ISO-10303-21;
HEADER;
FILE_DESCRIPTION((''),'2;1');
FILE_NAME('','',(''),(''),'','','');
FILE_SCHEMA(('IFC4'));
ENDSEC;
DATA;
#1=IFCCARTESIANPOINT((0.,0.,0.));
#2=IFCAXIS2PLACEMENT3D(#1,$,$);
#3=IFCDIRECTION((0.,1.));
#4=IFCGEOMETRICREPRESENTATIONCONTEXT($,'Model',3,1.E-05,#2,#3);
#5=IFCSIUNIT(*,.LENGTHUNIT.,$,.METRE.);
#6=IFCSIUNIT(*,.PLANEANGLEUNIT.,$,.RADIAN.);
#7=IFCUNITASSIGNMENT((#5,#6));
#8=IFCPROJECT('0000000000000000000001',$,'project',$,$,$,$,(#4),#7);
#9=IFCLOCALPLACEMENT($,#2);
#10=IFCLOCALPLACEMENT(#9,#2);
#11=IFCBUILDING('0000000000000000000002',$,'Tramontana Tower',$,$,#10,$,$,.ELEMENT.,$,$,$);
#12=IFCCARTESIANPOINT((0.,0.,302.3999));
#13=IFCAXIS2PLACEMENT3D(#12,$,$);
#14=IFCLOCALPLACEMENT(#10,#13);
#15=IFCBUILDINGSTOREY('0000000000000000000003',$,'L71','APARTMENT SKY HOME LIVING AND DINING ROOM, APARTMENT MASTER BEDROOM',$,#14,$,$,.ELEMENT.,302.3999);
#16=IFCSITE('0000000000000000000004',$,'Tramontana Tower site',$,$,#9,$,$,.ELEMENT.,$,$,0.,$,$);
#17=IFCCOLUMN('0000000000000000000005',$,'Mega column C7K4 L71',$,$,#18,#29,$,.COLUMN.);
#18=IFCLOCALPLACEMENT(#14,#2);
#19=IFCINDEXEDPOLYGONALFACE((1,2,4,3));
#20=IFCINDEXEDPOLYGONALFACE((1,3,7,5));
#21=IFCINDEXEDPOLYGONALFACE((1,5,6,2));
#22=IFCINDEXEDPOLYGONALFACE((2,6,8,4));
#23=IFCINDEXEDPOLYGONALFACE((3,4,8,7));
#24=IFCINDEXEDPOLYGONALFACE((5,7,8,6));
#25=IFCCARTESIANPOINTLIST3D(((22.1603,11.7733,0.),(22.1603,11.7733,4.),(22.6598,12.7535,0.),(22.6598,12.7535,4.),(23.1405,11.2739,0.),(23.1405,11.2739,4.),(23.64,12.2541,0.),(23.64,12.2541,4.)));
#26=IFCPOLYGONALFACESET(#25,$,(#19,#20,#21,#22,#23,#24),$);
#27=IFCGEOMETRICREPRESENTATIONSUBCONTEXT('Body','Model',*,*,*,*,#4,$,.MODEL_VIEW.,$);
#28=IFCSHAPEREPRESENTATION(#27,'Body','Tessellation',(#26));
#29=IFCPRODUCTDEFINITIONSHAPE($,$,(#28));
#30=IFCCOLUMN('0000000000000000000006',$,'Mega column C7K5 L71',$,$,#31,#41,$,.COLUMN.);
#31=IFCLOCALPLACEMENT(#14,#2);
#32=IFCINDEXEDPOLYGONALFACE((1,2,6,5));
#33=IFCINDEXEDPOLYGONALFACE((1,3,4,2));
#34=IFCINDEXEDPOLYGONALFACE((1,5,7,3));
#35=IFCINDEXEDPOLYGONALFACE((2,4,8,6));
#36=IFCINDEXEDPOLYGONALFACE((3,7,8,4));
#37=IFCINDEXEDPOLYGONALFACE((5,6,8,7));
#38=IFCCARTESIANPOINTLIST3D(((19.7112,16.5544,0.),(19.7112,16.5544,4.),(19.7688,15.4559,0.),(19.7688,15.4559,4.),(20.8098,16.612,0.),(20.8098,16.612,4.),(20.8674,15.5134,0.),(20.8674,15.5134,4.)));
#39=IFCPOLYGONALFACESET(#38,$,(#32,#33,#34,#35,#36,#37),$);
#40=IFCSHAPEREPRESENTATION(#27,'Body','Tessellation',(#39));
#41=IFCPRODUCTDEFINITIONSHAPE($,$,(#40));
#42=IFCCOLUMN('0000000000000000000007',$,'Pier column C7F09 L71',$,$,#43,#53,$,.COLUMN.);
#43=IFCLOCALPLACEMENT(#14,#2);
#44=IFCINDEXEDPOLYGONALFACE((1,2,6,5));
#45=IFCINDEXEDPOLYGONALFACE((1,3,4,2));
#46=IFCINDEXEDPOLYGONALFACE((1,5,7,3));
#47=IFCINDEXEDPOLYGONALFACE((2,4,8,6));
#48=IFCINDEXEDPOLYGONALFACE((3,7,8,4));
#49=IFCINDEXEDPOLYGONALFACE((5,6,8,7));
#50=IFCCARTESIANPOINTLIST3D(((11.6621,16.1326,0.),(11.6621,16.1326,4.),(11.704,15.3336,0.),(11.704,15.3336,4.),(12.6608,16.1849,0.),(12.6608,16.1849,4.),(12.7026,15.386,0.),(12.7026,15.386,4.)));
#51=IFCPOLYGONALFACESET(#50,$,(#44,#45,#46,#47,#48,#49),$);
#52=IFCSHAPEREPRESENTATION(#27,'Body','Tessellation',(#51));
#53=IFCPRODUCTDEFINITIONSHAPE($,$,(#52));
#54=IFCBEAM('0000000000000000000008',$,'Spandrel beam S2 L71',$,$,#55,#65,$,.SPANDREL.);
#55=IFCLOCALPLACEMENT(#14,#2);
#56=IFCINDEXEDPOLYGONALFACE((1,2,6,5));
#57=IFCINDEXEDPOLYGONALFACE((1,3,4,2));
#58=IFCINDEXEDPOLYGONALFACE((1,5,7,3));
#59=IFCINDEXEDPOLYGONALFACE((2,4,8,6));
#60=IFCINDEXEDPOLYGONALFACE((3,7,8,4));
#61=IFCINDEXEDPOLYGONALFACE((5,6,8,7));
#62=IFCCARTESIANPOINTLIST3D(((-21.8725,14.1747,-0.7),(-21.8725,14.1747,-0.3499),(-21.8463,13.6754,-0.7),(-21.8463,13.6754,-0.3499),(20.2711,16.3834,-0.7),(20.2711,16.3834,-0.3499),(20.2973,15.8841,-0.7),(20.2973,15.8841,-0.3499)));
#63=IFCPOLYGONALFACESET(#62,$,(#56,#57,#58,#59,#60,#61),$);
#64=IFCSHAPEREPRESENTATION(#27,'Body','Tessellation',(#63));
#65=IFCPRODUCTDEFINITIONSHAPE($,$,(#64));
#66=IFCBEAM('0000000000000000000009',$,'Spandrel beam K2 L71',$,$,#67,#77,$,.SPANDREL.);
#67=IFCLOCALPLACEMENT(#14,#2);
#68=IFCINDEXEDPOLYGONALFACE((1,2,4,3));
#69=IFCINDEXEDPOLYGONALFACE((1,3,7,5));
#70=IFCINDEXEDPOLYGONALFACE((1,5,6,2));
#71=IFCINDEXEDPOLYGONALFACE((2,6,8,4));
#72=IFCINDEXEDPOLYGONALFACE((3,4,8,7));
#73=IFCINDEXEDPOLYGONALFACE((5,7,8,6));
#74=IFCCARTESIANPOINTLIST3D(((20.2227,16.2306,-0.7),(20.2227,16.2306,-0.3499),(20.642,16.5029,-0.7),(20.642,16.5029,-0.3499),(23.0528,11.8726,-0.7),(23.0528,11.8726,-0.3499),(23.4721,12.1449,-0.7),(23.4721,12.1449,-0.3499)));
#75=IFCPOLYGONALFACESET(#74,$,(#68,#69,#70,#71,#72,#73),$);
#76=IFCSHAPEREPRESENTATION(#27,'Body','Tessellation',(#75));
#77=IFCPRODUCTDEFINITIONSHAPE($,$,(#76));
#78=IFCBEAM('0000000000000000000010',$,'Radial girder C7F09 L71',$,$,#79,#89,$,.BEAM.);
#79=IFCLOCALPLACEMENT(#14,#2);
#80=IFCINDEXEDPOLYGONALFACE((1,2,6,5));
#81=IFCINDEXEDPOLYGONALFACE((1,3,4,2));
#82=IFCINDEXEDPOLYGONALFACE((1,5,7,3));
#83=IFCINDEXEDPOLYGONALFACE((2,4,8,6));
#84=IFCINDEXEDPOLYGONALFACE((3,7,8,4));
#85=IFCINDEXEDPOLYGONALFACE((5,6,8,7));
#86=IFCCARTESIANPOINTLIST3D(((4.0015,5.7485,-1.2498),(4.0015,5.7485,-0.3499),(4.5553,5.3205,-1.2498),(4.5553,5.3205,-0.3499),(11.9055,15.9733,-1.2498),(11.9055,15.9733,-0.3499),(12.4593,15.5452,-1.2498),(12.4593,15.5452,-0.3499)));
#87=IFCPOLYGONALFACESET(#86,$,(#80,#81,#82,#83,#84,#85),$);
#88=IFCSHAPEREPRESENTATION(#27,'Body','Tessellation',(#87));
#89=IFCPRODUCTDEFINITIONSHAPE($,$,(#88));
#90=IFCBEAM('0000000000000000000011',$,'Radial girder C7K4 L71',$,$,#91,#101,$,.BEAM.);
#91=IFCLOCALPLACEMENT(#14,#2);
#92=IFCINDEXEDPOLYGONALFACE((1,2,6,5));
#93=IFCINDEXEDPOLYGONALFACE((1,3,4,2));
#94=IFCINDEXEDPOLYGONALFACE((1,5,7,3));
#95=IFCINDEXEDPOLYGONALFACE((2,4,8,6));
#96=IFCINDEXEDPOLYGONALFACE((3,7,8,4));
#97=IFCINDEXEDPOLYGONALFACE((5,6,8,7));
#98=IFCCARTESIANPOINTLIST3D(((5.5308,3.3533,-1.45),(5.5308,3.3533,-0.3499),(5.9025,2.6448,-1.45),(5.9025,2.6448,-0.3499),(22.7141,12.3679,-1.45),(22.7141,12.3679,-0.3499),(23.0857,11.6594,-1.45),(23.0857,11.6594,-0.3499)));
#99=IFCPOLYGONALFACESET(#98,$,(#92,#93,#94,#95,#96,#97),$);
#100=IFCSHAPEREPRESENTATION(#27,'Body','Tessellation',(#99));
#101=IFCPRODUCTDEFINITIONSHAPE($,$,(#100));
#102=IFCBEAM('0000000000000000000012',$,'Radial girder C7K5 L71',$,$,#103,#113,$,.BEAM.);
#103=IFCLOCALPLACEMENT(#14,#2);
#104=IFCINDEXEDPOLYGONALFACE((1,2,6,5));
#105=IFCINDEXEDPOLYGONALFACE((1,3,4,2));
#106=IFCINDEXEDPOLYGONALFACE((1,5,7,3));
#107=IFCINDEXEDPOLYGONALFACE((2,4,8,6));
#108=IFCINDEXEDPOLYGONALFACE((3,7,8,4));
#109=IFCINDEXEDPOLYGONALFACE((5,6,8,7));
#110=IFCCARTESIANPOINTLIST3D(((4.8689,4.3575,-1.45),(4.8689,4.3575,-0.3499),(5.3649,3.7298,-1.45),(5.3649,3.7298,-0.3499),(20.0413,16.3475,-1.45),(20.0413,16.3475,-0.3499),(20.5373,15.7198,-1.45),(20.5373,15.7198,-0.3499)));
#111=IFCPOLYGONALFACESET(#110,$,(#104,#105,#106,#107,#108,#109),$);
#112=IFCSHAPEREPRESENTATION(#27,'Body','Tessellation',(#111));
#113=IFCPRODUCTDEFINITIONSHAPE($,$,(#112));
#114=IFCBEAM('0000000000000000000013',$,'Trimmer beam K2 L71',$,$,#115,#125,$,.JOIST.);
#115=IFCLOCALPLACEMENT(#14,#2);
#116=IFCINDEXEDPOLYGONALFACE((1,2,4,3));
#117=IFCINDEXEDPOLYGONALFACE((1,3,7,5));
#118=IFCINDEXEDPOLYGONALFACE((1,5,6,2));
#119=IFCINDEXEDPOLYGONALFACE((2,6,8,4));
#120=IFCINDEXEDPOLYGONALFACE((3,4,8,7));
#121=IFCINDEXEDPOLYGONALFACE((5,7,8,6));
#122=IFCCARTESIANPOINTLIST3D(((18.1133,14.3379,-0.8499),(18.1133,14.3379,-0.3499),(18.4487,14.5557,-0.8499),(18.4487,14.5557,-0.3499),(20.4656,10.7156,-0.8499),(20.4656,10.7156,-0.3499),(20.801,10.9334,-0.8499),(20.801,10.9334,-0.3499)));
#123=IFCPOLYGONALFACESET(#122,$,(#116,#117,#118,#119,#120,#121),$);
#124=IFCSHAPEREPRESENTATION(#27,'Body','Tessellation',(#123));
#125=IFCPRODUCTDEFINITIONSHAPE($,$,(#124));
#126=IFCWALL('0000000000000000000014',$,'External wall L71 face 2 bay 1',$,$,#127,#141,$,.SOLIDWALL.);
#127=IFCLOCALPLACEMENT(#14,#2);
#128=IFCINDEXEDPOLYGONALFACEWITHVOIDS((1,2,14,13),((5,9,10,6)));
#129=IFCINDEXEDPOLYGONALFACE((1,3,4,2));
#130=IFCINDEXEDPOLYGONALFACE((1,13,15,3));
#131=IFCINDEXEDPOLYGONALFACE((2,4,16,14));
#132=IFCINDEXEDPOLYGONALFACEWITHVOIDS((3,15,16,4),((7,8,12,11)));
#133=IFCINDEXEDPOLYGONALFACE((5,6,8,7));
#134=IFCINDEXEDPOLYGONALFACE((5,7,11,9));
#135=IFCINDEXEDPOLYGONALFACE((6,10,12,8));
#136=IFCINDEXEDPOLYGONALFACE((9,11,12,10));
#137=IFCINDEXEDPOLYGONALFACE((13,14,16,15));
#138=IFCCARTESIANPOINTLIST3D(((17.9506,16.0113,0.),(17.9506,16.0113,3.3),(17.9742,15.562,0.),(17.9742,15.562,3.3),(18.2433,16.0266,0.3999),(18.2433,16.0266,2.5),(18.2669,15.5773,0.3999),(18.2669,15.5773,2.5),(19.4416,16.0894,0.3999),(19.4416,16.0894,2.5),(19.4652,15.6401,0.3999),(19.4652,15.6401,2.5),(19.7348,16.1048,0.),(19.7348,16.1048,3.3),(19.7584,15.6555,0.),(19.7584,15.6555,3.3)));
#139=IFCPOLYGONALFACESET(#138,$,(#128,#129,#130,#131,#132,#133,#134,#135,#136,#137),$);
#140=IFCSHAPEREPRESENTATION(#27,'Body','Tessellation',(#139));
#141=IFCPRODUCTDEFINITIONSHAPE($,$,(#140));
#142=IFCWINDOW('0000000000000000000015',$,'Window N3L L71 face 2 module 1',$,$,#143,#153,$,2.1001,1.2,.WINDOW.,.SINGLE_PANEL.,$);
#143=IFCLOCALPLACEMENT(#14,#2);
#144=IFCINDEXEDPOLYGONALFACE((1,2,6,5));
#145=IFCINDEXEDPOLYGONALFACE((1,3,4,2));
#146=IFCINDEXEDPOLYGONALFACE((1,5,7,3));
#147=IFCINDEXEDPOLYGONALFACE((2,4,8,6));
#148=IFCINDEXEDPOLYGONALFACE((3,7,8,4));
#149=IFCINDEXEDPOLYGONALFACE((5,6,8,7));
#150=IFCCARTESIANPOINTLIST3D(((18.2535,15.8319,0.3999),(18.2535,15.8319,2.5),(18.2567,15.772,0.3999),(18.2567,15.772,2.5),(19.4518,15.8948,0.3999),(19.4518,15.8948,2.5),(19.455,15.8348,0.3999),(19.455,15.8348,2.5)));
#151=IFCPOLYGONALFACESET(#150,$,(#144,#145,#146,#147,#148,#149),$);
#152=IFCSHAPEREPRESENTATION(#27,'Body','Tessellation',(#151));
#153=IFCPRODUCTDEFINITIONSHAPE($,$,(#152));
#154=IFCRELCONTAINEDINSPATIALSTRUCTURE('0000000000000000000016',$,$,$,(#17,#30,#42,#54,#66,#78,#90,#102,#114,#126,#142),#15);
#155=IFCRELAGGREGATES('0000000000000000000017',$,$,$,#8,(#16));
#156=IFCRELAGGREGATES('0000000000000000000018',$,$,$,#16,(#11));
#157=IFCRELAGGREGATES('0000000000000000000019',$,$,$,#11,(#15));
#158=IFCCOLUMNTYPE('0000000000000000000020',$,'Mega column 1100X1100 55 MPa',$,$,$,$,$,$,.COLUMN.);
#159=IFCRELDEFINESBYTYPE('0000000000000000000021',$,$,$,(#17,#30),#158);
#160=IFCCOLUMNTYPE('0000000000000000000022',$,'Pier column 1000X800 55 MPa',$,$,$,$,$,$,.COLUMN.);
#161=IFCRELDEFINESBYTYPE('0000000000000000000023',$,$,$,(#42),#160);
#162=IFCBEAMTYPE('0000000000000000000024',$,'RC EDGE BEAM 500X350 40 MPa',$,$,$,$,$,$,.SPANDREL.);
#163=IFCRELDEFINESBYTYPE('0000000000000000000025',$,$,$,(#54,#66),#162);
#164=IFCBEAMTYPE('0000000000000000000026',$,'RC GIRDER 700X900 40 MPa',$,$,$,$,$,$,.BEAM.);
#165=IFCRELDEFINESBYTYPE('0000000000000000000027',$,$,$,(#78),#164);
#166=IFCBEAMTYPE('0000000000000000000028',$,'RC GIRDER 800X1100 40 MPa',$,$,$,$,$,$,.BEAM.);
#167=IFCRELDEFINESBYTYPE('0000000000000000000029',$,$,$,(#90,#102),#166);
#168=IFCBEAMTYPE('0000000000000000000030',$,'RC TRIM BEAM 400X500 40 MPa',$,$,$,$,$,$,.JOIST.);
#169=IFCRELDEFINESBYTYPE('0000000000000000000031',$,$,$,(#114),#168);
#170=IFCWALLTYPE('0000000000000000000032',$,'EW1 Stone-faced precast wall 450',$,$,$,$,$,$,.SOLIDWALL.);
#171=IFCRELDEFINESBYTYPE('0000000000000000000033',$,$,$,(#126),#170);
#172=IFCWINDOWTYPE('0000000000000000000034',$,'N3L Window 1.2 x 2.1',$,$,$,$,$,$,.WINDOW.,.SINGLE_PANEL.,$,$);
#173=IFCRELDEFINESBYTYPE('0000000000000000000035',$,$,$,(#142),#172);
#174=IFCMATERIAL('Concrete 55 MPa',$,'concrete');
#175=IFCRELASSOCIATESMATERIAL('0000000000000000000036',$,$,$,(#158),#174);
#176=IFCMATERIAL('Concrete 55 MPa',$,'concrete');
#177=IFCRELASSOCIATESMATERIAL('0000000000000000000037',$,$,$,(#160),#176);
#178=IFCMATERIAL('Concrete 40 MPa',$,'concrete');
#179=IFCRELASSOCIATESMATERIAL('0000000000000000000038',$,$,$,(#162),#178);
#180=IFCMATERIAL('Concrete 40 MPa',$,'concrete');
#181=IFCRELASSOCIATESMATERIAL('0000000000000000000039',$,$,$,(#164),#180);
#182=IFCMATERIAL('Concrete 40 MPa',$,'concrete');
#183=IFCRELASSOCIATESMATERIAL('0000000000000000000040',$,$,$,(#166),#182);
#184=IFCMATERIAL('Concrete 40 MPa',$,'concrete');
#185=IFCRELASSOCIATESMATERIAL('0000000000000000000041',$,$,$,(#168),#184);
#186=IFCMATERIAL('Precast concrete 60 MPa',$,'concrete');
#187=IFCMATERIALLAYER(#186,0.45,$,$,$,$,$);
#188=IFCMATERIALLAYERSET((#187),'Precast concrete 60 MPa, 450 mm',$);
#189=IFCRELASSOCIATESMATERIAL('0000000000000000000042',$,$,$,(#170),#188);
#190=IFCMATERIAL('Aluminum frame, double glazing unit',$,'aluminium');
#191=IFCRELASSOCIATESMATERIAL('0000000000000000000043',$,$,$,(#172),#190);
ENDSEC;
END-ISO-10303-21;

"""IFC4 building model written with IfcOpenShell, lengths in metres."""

from ifc_helpers import new_model, si_unit, direction, frame, frame_2d, origin, origin_2d, place, context, subcontext, project, spatial, rectangle, extrude, material, layer, layer_set, material_profile, profile_set, type_object, element, fill, save


model = new_model("IFC4")

# Units and contexts
model_context = context("Model", 3, precision=1e-05, world=origin(), true_north=direction((0.0, 1.0)))
body_context = subcontext(model_context, "Body", "Model", "MODEL_VIEW")
ifc_project = project(units=[si_unit("LENGTHUNIT", "METRE"), si_unit("PLANEANGLEUNIT", "RADIAN")], contexts=[model_context])

# Site, building, storey
site_placement = place(None, origin())
site = spatial("IfcSite", under=ifc_project, at=site_placement, Name="Tramontana Tower site", CompositionType="ELEMENT", RefElevation=0.0)
building_placement = place(site_placement, origin())
building = spatial("IfcBuilding", under=site, at=building_placement, Name="Tramontana Tower", CompositionType="ELEMENT")
storey_placement = place(building_placement, frame((0.0, 0.0, 302.3999)))
storey = spatial("IfcBuildingStorey", under=building, at=storey_placement, Name="L71", Description="APARTMENT SKY HOME LIVING AND DINING ROOM, APARTMENT MASTER BEDROOM", CompositionType="ELEMENT", Elevation=302.3999)

# Columns
ifc_material_1 = material(Name="Concrete 55 MPa", Category="concrete")
ifc_material_profile_1 = material_profile(ifc_material_1, rectangle(XDim=1.1001, YDim=1.1001, at=origin_2d()), Name="Mega column 1100X1100 55 MPa")
ifc_profile_set_1 = profile_set([ifc_material_profile_1], Name="Concrete 55 MPa")
column_type_1 = type_object("IfcColumnType", Name="Mega column 1100X1100 55 MPa", PredefinedType="COLUMN", material=ifc_profile_set_1)
for number, where, z_axis, x_axis, name in (
    (1, (22.9001, 12.0137, 0.0), (0.0, 0.0, 1.0), (0.45399, 0.891007, 0.0), "Mega column C7K4 L71"),
    (2, (20.2893, 16.0339, 0.0), (0.0, 0.0, 1.0), (-0.99863, -0.052336, 0.0), "Mega column C7K5 L71"),
):
    element("IfcColumn", number, at=place(storey_placement, frame(where, z_axis=z_axis, x_axis=x_axis)), inside=storey, type_object=column_type_1, Name=name, PredefinedType="COLUMN", context=body_context, shape_type="SweptSolid", body=[
        extrude(rectangle(XDim=1.1001, YDim=1.1001, at=origin_2d()), origin(), (0.0, 0.0, 1.0), 4.0),
    ])
ifc_material_2 = material(Name="Concrete 55 MPa", Category="concrete")
ifc_material_profile_2 = material_profile(ifc_material_2, rectangle(XDim=1.0, YDim=0.8, at=origin_2d()), Name="Pier column 1000X800 55 MPa")
ifc_profile_set_2 = profile_set([ifc_material_profile_2], Name="Concrete 55 MPa")
column_type_2 = type_object("IfcColumnType", Name="Pier column 1000X800 55 MPa", PredefinedType="COLUMN", material=ifc_profile_set_2)
column_placement = place(storey_placement, frame((12.1824, 15.7593, 0.0), z_axis=(0.0, 0.0, 1.0), x_axis=(-0.99863, -0.052336, 0.0)))
element("IfcColumn", 3, at=column_placement, inside=storey, type_object=column_type_2, Name="Pier column C7F09 L71", PredefinedType="COLUMN", context=body_context, shape_type="SweptSolid", body=[
    extrude(rectangle(XDim=1.0, YDim=0.8, at=origin_2d()), origin(), (0.0, 0.0, 1.0), 4.0),
])

# Beams
ifc_material_3 = material(Name="Concrete 40 MPa", Category="concrete")
ifc_material_profile_3 = material_profile(ifc_material_3, rectangle(XDim=0.5, YDim=0.3501, at=origin_2d()), Name="RC EDGE BEAM 500X350 40 MPa")
ifc_profile_set_3 = profile_set([ifc_material_profile_3], Name="Concrete 40 MPa")
beam_type_1 = type_object("IfcBeamType", Name="RC EDGE BEAM 500X350 40 MPa", PredefinedType="SPANDREL", material=ifc_profile_set_3)
beam_1_placement = place(storey_placement, frame((20.2842, 16.1338, -0.5249), z_axis=(-0.998629, -0.052338, 0.0), x_axis=(0.052338, -0.998629, 0.0)))
element("IfcBeam", 4, at=beam_1_placement, inside=storey, type_object=beam_type_1, Name="Spandrel beam S2 L71", PredefinedType="SPANDREL", context=body_context, shape_type="SweptSolid", body=[
    extrude(rectangle(XDim=0.5, YDim=0.3501, at=origin_2d()), origin(), (0.0, 0.0, 1.0), 42.2014),
])
beam_2_placement = place(storey_placement, frame((23.2625, 12.0088, -0.5249), z_axis=(-0.544641, 0.838669, 0.0), x_axis=(-0.838669, -0.544641, 0.0)))
element("IfcBeam", 5, at=beam_2_placement, inside=storey, type_object=beam_type_1, Name="Spandrel beam K2 L71", PredefinedType="SPANDREL", context=body_context, shape_type="SweptSolid", body=[
    extrude(rectangle(XDim=0.5, YDim=0.3501, at=origin_2d()), origin(), (0.0, 0.0, 1.0), 5.1963),
])
ifc_material_4 = material(Name="Concrete 40 MPa", Category="concrete")
ifc_material_profile_4 = material_profile(ifc_material_4, rectangle(XDim=0.7, YDim=0.8999, at=origin_2d()), Name="RC GIRDER 700X900 40 MPa")
ifc_profile_set_4 = profile_set([ifc_material_profile_4], Name="Concrete 40 MPa")
beam_type_2 = type_object("IfcBeamType", Name="RC GIRDER 700X900 40 MPa", PredefinedType="BEAM", material=ifc_profile_set_4)
beam_3_placement = place(storey_placement, frame((12.1824, 15.7593, -0.7998), z_axis=(-0.611594, -0.791172, 0.0), x_axis=(0.791172, -0.611594, 0.0)))
element("IfcBeam", 6, at=beam_3_placement, inside=storey, type_object=beam_type_2, Name="Radial girder C7F09 L71", PredefinedType="BEAM", context=body_context, shape_type="SweptSolid", body=[
    extrude(rectangle(XDim=0.7, YDim=0.8999, at=origin_2d()), origin(), (0.0, 0.0, 1.0), 12.9236),
])
ifc_material_5 = material(Name="Concrete 40 MPa", Category="concrete")
ifc_material_profile_5 = material_profile(ifc_material_5, rectangle(XDim=0.8, YDim=1.1001, at=origin_2d()), Name="RC GIRDER 800X1100 40 MPa")
ifc_profile_set_5 = profile_set([ifc_material_profile_5], Name="Concrete 40 MPa")
beam_type_3 = type_object("IfcBeamType", Name="RC GIRDER 800X1100 40 MPa", PredefinedType="BEAM", material=ifc_profile_set_5)
beam_4_placement = place(storey_placement, frame((22.8999, 12.0137, -0.8999), z_axis=(-0.885538, -0.464567, 0.0), x_axis=(0.464567, -0.885538, 0.0)))
element("IfcBeam", 7, at=beam_4_placement, inside=storey, type_object=beam_type_3, Name="Radial girder C7K4 L71", PredefinedType="BEAM", context=body_context, shape_type="SweptSolid", body=[
    extrude(rectangle(XDim=0.8, YDim=1.1001, at=origin_2d()), origin(), (0.0, 0.0, 1.0), 19.4043),
])
beam_5_placement = place(storey_placement, frame((20.2893, 16.0337, -0.8999), z_axis=(-0.784586, -0.62002, 0.0), x_axis=(0.62002, -0.784586, 0.0)))
element("IfcBeam", 8, at=beam_5_placement, inside=storey, type_object=beam_type_3, Name="Radial girder C7K5 L71", PredefinedType="BEAM", context=body_context, shape_type="SweptSolid", body=[
    extrude(rectangle(XDim=0.8, YDim=1.1001, at=origin_2d()), origin(), (0.0, 0.0, 1.0), 19.3381),
])
ifc_material_6 = material(Name="Concrete 40 MPa", Category="concrete")
ifc_material_profile_6 = material_profile(ifc_material_6, rectangle(XDim=0.3999, YDim=0.5, at=origin_2d()), Name="RC TRIM BEAM 400X500 40 MPa")
ifc_profile_set_6 = profile_set([ifc_material_profile_6], Name="Concrete 40 MPa")
beam_type_4 = type_object("IfcBeamType", Name="RC TRIM BEAM 400X500 40 MPa", PredefinedType="JOIST", material=ifc_profile_set_6)
beam_6_placement = place(storey_placement, frame((20.6333, 10.8245, -0.5999), z_axis=(-0.544629, 0.838677, 0.0), x_axis=(-0.838677, -0.544629, 0.0)))
element("IfcBeam", 9, at=beam_6_placement, inside=storey, type_object=beam_type_4, Name="Trimmer beam K2 L71", PredefinedType="JOIST", context=body_context, shape_type="SweptSolid", body=[
    extrude(rectangle(XDim=0.3999, YDim=0.5, at=origin_2d()), origin(), (0.0, 0.0, 1.0), 4.3191),
])

# Wall, opening, window
ifc_material_7 = material(Name="Precast concrete 60 MPa", Category="concrete")
ifc_layer_1 = layer(ifc_material_7, 0.45)
ifc_layer_set_1 = layer_set([ifc_layer_1], Name="Precast concrete 60 MPa, 450 mm")
wall_type_1 = type_object("IfcWallType", Name="EW1 Stone-faced precast wall 450", PredefinedType="SOLIDWALL", material=ifc_layer_set_1)
wall_1_placement = place(storey_placement, frame((19.7466, 15.8801, 0.0), z_axis=(0.0, 0.0, 1.0), x_axis=(-0.99863, -0.052336, 0.0)))
wall_1 = element("IfcWall", 10, at=wall_1_placement, inside=storey, type_object=wall_type_1, Name="External wall L71 face 2 bay 1", PredefinedType="SOLIDWALL", context=body_context, shape_type="SweptSolid", body=[
    extrude(rectangle(XDim=1.7866, YDim=0.45, at=frame_2d((0.8933, 0.0))), origin(), (0.0, 0.0, 1.0), 3.3),
])
opening_1_placement = place(wall_1_placement, frame((0.2935, 0.0, 0.3999)))
opening_1 = element("IfcOpeningElement", 11, at=opening_1_placement, cuts=wall_1, PredefinedType="OPENING", context=body_context, shape_type="SweptSolid", body=[
    extrude(rectangle(XDim=1.2, YDim=2.1001, at=frame_2d((0.6001, 1.05))), frame((0.0, 0.2349, 0.0), z_axis=(0.0, -1.0, 0.0), x_axis=(1.0, 0.0, 0.0)), (0.0, 0.0, 1.0), 0.47),
])
ifc_material_8 = material(Name="Aluminum frame, double glazing unit", Category="aluminium")
window_type_1 = type_object("IfcWindowType", Name="N3L Window 1.2 x 2.1", PartitioningType="SINGLE_PANEL", PredefinedType="WINDOW", material=ifc_material_8)
window_1_placement = place(opening_1_placement, origin())
window_1 = element("IfcWindow", 12, at=window_1_placement, inside=storey, type_object=window_type_1, Name="Window N3L L71 face 2 module 1", OverallHeight=2.1001, OverallWidth=1.2, PartitioningType="SINGLE_PANEL", PredefinedType="WINDOW", context=body_context, shape_type="SweptSolid", body=[
    extrude(rectangle(XDim=1.2, YDim=2.1001, at=frame_2d((0.6001, 1.05))), frame((0.0, 0.03, 0.0), z_axis=(0.0, -1.0, 0.0), x_axis=(1.0, 0.0, 0.0)), (0.0, 0.0, 1.0), 0.0601),
])
fill(opening_1, window_1)

save(model, "model.ifc")
